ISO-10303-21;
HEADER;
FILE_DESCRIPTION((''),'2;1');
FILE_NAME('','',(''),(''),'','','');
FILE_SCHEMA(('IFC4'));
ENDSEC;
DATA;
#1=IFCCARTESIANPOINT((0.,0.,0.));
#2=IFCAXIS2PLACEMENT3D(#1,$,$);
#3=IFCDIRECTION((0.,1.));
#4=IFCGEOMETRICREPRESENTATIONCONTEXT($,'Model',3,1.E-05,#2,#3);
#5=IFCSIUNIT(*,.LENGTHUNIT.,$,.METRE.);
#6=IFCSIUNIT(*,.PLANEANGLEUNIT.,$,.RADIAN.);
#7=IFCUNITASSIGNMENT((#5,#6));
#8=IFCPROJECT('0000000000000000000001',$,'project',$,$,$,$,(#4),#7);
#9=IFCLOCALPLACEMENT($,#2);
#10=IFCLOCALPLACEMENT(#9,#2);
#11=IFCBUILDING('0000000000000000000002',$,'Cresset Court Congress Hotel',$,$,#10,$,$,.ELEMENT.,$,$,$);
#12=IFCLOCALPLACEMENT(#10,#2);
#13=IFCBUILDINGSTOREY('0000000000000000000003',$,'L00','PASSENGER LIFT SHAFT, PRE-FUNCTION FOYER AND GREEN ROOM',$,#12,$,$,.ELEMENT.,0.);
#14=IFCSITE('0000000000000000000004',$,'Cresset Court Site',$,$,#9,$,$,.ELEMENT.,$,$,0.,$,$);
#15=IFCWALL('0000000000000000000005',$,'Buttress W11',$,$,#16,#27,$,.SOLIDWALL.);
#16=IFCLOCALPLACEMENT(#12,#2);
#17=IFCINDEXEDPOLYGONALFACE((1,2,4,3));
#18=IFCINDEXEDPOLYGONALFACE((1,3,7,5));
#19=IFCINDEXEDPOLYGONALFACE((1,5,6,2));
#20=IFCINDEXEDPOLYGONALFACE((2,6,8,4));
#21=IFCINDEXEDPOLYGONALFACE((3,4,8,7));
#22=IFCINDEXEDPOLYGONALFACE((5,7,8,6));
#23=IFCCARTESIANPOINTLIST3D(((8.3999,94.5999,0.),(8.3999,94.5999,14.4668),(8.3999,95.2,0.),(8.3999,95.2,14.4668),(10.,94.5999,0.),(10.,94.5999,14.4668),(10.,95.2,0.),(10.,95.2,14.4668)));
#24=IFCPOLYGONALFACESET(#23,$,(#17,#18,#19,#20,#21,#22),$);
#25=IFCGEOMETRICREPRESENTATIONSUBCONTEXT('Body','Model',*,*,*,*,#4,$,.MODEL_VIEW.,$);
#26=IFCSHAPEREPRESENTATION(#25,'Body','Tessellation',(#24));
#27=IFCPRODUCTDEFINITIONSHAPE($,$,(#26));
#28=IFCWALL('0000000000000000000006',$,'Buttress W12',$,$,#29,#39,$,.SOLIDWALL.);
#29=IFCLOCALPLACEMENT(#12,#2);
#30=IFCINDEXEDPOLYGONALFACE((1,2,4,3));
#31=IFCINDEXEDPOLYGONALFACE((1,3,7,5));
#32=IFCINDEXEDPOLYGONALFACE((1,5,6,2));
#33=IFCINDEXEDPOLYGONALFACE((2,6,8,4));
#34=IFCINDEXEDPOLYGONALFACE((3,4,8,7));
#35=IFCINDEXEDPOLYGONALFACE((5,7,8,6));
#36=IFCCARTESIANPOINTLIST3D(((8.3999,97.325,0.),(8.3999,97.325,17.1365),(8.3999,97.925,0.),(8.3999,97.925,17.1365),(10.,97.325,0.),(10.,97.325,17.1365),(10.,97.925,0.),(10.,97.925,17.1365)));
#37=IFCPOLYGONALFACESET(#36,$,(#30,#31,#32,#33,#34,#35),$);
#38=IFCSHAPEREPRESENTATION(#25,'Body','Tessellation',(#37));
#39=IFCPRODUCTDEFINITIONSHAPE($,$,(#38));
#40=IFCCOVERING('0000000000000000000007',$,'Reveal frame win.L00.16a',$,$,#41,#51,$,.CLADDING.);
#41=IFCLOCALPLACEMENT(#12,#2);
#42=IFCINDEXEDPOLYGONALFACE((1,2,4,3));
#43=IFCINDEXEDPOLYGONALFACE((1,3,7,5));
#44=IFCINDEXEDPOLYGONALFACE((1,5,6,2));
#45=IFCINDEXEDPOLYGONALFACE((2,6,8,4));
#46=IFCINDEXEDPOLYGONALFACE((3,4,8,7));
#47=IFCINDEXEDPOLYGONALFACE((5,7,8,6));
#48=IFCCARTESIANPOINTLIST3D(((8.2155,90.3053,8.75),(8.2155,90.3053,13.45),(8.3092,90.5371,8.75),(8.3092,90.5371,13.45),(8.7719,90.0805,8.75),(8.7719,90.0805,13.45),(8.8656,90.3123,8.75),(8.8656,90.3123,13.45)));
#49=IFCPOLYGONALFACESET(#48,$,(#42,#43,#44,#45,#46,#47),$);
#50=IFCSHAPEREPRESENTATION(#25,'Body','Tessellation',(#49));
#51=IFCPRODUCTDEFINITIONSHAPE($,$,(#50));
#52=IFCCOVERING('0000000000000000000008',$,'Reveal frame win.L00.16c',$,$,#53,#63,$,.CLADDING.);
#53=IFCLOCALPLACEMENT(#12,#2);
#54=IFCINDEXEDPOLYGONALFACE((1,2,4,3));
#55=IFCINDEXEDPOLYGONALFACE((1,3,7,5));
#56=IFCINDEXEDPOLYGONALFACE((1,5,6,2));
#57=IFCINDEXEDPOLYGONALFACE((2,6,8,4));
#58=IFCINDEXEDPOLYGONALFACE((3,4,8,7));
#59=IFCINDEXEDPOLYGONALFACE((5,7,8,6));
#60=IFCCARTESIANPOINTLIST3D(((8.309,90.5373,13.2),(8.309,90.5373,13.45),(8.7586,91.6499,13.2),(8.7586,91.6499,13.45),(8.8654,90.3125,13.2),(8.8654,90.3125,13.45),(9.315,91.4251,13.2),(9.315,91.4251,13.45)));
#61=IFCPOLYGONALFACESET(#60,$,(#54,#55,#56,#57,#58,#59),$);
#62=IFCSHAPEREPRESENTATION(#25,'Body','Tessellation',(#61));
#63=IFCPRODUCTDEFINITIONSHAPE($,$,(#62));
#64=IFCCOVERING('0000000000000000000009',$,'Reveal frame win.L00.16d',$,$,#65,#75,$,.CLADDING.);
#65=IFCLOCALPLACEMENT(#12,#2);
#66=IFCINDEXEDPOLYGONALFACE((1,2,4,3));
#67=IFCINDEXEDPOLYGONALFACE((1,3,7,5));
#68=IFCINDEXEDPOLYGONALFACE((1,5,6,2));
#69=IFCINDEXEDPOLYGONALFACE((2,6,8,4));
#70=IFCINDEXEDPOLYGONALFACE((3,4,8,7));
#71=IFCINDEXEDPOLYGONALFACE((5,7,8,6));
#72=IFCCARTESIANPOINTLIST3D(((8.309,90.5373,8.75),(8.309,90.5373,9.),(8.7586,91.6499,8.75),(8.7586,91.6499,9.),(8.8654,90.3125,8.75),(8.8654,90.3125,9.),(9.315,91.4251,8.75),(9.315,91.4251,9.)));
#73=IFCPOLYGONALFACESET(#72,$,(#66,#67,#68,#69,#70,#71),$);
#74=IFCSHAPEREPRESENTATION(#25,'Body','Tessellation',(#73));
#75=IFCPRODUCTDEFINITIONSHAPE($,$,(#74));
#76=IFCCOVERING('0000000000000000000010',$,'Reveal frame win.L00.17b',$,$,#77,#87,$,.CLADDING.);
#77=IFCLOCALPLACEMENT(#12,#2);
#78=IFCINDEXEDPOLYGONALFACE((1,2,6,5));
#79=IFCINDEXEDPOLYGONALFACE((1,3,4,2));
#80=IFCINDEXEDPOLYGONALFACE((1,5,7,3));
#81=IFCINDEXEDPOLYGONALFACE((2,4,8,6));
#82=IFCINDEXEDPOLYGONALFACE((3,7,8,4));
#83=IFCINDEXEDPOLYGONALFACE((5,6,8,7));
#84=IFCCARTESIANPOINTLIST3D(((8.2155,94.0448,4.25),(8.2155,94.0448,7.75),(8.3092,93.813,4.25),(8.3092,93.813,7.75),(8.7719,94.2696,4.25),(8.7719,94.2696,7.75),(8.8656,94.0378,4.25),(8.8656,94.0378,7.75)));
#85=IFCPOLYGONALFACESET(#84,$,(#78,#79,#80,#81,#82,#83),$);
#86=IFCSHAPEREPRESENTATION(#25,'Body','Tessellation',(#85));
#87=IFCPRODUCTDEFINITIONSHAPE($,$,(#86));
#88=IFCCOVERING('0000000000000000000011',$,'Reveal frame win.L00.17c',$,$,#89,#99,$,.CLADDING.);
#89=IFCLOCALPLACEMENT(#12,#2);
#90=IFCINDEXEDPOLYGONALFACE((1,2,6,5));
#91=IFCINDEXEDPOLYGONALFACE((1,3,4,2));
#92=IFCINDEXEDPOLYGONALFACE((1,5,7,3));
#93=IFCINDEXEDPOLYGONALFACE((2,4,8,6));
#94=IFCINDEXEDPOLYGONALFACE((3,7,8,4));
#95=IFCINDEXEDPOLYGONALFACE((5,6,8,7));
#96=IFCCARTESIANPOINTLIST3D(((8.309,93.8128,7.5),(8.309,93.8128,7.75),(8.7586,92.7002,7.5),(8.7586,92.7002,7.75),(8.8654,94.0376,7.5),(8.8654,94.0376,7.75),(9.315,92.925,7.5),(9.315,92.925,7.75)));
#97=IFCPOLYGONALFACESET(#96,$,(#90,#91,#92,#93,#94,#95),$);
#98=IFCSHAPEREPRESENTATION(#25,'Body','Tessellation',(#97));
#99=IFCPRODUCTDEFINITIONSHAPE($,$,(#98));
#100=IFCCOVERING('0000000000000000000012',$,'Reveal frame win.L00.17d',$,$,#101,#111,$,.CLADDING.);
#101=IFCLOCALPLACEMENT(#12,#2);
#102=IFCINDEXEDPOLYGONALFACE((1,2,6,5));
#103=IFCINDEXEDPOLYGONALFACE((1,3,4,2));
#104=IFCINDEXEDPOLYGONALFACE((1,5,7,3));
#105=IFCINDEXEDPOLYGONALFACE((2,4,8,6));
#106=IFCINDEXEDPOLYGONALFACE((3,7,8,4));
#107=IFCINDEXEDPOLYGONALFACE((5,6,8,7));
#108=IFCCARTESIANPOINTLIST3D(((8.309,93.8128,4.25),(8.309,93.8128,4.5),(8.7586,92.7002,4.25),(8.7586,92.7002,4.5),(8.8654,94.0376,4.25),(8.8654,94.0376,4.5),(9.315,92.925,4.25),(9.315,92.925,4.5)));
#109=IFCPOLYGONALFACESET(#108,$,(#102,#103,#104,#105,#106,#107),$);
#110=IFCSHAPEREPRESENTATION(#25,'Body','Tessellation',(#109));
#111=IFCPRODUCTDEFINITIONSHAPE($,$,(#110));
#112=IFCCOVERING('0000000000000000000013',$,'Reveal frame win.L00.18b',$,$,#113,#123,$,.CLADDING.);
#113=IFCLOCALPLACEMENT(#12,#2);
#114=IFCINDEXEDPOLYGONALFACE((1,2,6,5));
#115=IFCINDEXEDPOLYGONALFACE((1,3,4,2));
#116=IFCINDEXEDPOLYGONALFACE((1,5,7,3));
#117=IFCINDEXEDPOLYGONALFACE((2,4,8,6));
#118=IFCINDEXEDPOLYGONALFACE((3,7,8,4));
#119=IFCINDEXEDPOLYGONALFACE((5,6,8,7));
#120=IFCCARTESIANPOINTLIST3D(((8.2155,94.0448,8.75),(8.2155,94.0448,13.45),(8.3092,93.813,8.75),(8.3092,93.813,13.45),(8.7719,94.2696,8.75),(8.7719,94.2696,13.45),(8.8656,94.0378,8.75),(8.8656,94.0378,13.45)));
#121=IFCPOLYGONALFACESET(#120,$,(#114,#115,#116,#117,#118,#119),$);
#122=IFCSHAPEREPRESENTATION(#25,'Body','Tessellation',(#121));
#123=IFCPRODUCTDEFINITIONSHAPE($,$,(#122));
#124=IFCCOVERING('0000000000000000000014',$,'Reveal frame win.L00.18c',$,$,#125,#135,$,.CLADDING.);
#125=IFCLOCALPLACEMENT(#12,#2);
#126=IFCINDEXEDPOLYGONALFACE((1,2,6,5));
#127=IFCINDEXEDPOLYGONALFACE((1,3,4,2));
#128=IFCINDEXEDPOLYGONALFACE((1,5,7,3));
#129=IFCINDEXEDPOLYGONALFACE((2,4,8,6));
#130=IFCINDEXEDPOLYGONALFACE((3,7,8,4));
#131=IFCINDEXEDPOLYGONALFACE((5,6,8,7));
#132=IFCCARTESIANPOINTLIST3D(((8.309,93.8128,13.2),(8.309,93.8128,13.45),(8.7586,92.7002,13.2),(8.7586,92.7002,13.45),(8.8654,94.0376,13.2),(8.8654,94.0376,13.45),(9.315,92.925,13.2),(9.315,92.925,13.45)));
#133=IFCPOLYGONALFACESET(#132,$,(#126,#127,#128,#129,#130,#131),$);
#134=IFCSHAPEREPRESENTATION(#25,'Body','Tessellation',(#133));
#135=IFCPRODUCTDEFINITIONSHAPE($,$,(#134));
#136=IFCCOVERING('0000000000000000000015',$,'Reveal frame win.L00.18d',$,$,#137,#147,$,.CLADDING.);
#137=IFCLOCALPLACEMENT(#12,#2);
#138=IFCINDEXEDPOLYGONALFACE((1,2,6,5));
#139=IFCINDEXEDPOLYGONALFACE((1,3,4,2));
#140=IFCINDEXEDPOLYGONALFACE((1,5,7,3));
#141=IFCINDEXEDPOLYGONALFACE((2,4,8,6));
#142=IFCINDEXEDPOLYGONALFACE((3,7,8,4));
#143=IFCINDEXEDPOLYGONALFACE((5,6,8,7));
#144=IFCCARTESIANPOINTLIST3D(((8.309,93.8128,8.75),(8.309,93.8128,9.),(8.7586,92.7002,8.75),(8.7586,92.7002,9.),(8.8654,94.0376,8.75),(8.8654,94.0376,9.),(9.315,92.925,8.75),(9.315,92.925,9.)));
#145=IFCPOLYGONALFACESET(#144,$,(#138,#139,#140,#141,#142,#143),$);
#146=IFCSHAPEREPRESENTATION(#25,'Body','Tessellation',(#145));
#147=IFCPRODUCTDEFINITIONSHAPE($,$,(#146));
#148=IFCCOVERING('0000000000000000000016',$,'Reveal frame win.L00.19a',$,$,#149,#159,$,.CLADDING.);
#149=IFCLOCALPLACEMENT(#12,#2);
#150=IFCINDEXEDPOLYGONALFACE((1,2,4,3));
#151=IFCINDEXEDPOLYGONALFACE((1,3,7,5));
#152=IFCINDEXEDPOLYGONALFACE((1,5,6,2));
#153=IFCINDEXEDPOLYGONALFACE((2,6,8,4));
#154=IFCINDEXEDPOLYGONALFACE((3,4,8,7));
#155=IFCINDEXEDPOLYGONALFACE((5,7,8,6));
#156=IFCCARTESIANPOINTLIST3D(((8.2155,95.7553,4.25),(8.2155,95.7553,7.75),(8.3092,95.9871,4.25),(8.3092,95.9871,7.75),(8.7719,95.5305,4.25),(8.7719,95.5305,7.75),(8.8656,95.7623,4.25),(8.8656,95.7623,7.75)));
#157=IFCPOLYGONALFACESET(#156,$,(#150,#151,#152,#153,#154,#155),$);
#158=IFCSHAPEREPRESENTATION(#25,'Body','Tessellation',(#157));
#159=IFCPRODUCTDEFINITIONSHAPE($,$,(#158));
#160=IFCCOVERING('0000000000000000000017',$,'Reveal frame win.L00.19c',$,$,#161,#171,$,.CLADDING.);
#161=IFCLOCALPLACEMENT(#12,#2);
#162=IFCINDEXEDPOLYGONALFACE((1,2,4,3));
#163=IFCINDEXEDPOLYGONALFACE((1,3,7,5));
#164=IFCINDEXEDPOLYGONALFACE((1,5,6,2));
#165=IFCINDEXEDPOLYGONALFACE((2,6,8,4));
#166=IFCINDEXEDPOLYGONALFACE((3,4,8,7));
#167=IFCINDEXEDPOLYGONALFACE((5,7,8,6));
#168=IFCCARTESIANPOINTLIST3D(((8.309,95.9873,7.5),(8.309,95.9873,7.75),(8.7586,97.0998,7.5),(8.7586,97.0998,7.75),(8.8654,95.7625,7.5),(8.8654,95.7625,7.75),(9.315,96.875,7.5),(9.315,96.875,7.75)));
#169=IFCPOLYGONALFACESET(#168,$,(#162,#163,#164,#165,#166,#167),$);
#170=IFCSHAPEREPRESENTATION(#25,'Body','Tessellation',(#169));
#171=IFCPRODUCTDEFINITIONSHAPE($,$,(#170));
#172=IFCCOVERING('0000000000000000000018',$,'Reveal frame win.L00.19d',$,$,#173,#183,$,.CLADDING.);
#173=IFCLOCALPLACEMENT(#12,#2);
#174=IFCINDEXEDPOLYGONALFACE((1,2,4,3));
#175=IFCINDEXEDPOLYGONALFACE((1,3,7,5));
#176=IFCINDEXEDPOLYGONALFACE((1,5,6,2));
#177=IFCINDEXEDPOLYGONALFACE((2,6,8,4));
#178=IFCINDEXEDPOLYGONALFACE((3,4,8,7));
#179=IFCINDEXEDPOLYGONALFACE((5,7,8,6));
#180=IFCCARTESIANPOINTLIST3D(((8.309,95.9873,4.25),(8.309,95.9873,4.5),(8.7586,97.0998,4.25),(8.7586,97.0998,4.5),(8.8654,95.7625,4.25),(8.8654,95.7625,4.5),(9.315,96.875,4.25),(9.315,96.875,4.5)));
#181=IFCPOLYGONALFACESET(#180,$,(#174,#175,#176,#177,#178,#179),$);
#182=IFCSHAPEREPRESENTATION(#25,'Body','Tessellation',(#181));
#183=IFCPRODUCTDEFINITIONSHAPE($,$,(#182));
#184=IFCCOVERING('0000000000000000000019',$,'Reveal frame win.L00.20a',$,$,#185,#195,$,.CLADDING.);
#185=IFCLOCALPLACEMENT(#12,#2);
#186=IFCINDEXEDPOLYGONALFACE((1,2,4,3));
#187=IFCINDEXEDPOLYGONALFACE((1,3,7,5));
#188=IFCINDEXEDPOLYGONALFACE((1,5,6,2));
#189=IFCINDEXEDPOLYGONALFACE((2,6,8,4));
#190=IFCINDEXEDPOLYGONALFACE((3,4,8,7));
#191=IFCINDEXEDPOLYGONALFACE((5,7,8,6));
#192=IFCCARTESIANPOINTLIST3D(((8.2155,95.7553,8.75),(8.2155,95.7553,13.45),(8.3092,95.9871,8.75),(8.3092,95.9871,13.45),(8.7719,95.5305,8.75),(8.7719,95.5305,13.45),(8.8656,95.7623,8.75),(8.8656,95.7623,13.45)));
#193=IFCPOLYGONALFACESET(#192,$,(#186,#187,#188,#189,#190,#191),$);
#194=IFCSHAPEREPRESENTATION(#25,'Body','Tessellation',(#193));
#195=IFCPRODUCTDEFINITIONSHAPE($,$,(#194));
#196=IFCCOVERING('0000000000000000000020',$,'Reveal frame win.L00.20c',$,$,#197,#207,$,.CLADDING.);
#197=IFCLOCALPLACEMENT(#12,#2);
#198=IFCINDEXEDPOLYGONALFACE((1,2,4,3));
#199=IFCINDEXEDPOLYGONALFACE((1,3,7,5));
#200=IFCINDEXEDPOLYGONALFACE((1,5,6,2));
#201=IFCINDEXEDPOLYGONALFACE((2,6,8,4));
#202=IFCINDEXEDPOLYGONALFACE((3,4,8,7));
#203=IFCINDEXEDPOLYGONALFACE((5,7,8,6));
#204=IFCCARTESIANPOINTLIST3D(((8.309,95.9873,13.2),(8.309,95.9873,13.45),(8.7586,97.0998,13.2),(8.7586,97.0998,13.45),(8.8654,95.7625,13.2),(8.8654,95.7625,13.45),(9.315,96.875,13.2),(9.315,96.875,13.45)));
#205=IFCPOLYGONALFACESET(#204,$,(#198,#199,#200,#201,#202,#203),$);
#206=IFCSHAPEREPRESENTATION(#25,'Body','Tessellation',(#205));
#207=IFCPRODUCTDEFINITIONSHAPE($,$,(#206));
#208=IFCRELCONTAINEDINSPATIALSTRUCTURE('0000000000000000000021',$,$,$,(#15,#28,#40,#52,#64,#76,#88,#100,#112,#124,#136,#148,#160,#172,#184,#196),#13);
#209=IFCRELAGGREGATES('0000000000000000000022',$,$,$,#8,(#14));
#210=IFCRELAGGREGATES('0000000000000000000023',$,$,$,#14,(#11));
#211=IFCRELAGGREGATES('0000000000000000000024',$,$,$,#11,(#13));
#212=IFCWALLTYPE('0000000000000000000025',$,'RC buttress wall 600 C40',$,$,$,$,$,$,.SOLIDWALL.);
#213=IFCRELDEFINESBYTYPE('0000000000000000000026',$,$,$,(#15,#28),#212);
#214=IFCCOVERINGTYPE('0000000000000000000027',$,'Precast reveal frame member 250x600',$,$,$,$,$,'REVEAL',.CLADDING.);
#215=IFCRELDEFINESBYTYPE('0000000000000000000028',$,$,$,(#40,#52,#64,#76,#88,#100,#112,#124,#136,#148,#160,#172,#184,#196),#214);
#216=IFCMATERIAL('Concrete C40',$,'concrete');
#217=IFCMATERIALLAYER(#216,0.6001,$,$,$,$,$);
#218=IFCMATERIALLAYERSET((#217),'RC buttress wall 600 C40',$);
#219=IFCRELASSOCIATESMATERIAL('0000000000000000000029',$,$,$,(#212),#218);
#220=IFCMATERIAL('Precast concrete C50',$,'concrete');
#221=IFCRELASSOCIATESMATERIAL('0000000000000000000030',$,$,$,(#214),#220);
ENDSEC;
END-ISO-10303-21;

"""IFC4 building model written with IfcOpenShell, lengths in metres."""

from ifc_helpers import new_model, si_unit, direction, frame, frame_2d, origin, origin_2d, place, context, subcontext, project, spatial, rectangle, extrude, material, layer, layer_set, type_object, element, save


model = new_model("IFC4")

# Units and contexts
model_context = context("Model", 3, precision=1e-05, world=origin(), true_north=direction((0.0, 1.0)))
body_context = subcontext(model_context, "Body", "Model", "MODEL_VIEW")
ifc_project = project(units=[si_unit("LENGTHUNIT", "METRE"), si_unit("PLANEANGLEUNIT", "RADIAN")], contexts=[model_context])

# Site, building, storey
site_placement = place(None, origin())
site = spatial("IfcSite", under=ifc_project, at=site_placement, Name="Cresset Court Site", CompositionType="ELEMENT", RefElevation=0.0)
building_placement = place(site_placement, origin())
building = spatial("IfcBuilding", under=site, at=building_placement, Name="Cresset Court Congress Hotel", CompositionType="ELEMENT")
storey_placement = place(building_placement, origin())
storey = spatial("IfcBuildingStorey", under=building, at=storey_placement, Name="L00", Description="PASSENGER LIFT SHAFT, PRE-FUNCTION FOYER AND GREEN ROOM", CompositionType="ELEMENT", Elevation=0.0)

# Walls
ifc_material_1 = material(Name="Concrete C40", Category="concrete")
ifc_layer_1 = layer(ifc_material_1, 0.6001)
ifc_layer_set_1 = layer_set([ifc_layer_1], Name="RC buttress wall 600 C40")
wall_type_1 = type_object("IfcWallType", Name="RC buttress wall 600 C40", PredefinedType="SOLIDWALL", material=ifc_layer_set_1)
wall_1_placement = place(storey_placement, frame((8.3999, 94.8999, 0.0), z_axis=(0.0, 0.0, 1.0), x_axis=(1.0, 0.0, 0.0)))
element("IfcWall", 1, at=wall_1_placement, inside=storey, type_object=wall_type_1, Name="Buttress W11", PredefinedType="SOLIDWALL", context=body_context, shape_type="SweptSolid", body=[
    extrude(rectangle(XDim=1.6001, YDim=0.6001, at=frame_2d((0.8, 0.0))), origin(), (0.0, 0.0, 1.0), 14.4668),
])
wall_2_placement = place(storey_placement, frame((8.3999, 97.625, 0.0), z_axis=(0.0, 0.0, 1.0), x_axis=(1.0, 0.0, 0.0)))
element("IfcWall", 2, at=wall_2_placement, inside=storey, type_object=wall_type_1, Name="Buttress W12", PredefinedType="SOLIDWALL", context=body_context, shape_type="SweptSolid", body=[
    extrude(rectangle(XDim=1.6001, YDim=0.6001, at=frame_2d((0.8, 0.0))), origin(), (0.0, 0.0, 1.0), 17.1365),
])

# Coverings
ifc_material_2 = material(Name="Precast concrete C50", Category="concrete")
covering_type = type_object("IfcCoveringType", Name="Precast reveal frame member 250x600", ElementType="REVEAL", PredefinedType="CLADDING", material=ifc_material_2)
covering_1_placement = place(storey_placement, frame((8.5405, 90.3088, 8.75), z_axis=(0.0, 0.0, 1.0), x_axis=(0.374623, 0.927177, 0.0)))
element("IfcCovering", 3, at=covering_1_placement, inside=storey, type_object=covering_type, Name="Reveal frame win.L00.16a", PredefinedType="CLADDING", context=body_context, shape_type="SweptSolid", body=[
    extrude(rectangle(XDim=0.25, YDim=0.6001, at=origin_2d()), origin(), (0.0, 0.0, 1.0), 4.7),
])
for number, where, z_axis, x_axis, name in (
    (4, (8.812, 90.9812, 13.2), (0.0, 0.0, 1.0), (0.374623, 0.927177, 0.0), "Reveal frame win.L00.16c"),
    (5, (8.812, 90.9812, 8.75), (0.0, 0.0, 1.0), (0.374623, 0.927177, 0.0), "Reveal frame win.L00.16d"),
):
    element("IfcCovering", number, at=place(storey_placement, frame(where, z_axis=z_axis, x_axis=x_axis)), inside=storey, type_object=covering_type, Name=name, PredefinedType="CLADDING", context=body_context, shape_type="SweptSolid", body=[
        extrude(rectangle(XDim=1.2, YDim=0.6001, at=origin_2d()), origin(), (0.0, 0.0, 1.0), 0.25),
    ])
covering_2_placement = place(storey_placement, frame((8.5405, 94.0413, 4.25), z_axis=(0.0, 0.0, 1.0), x_axis=(-0.374623, 0.927177, 0.0)))
element("IfcCovering", 6, at=covering_2_placement, inside=storey, type_object=covering_type, Name="Reveal frame win.L00.17b", PredefinedType="CLADDING", context=body_context, shape_type="SweptSolid", body=[
    extrude(rectangle(XDim=0.25, YDim=0.6001, at=origin_2d()), origin(), (0.0, 0.0, 1.0), 3.5),
])
for number, where, z_axis, x_axis, name in (
    (7, (8.812, 93.3689, 7.5), (0.0, 0.0, 1.0), (-0.374623, 0.927177, 0.0), "Reveal frame win.L00.17c"),
    (8, (8.812, 93.3689, 4.25), (0.0, 0.0, 1.0), (-0.374623, 0.927177, 0.0), "Reveal frame win.L00.17d"),
):
    element("IfcCovering", number, at=place(storey_placement, frame(where, z_axis=z_axis, x_axis=x_axis)), inside=storey, type_object=covering_type, Name=name, PredefinedType="CLADDING", context=body_context, shape_type="SweptSolid", body=[
        extrude(rectangle(XDim=1.2, YDim=0.6001, at=origin_2d()), origin(), (0.0, 0.0, 1.0), 0.25),
    ])
covering_3_placement = place(storey_placement, frame((8.5405, 94.0413, 8.75), z_axis=(0.0, 0.0, 1.0), x_axis=(-0.374623, 0.927177, 0.0)))
element("IfcCovering", 9, at=covering_3_placement, inside=storey, type_object=covering_type, Name="Reveal frame win.L00.18b", PredefinedType="CLADDING", context=body_context, shape_type="SweptSolid", body=[
    extrude(rectangle(XDim=0.25, YDim=0.6001, at=origin_2d()), origin(), (0.0, 0.0, 1.0), 4.7),
])
for number, where, z_axis, x_axis, name in (
    (10, (8.812, 93.3689, 13.2), (0.0, 0.0, 1.0), (-0.374623, 0.927177, 0.0), "Reveal frame win.L00.18c"),
    (11, (8.812, 93.3689, 8.75), (0.0, 0.0, 1.0), (-0.374623, 0.927177, 0.0), "Reveal frame win.L00.18d"),
):
    element("IfcCovering", number, at=place(storey_placement, frame(where, z_axis=z_axis, x_axis=x_axis)), inside=storey, type_object=covering_type, Name=name, PredefinedType="CLADDING", context=body_context, shape_type="SweptSolid", body=[
        extrude(rectangle(XDim=1.2, YDim=0.6001, at=origin_2d()), origin(), (0.0, 0.0, 1.0), 0.25),
    ])
covering_4_placement = place(storey_placement, frame((8.5405, 95.7588, 4.25), z_axis=(0.0, 0.0, 1.0), x_axis=(0.374623, 0.927177, 0.0)))
element("IfcCovering", 12, at=covering_4_placement, inside=storey, type_object=covering_type, Name="Reveal frame win.L00.19a", PredefinedType="CLADDING", context=body_context, shape_type="SweptSolid", body=[
    extrude(rectangle(XDim=0.25, YDim=0.6001, at=origin_2d()), origin(), (0.0, 0.0, 1.0), 3.5),
])
for number, where, z_axis, x_axis, name in (
    (13, (8.812, 96.4312, 7.5), (0.0, 0.0, 1.0), (0.374623, 0.927177, 0.0), "Reveal frame win.L00.19c"),
    (14, (8.812, 96.4312, 4.25), (0.0, 0.0, 1.0), (0.374623, 0.927177, 0.0), "Reveal frame win.L00.19d"),
):
    element("IfcCovering", number, at=place(storey_placement, frame(where, z_axis=z_axis, x_axis=x_axis)), inside=storey, type_object=covering_type, Name=name, PredefinedType="CLADDING", context=body_context, shape_type="SweptSolid", body=[
        extrude(rectangle(XDim=1.2, YDim=0.6001, at=origin_2d()), origin(), (0.0, 0.0, 1.0), 0.25),
    ])
covering_5_placement = place(storey_placement, frame((8.5405, 95.7588, 8.75), z_axis=(0.0, 0.0, 1.0), x_axis=(0.374623, 0.927177, 0.0)))
element("IfcCovering", 15, at=covering_5_placement, inside=storey, type_object=covering_type, Name="Reveal frame win.L00.20a", PredefinedType="CLADDING", context=body_context, shape_type="SweptSolid", body=[
    extrude(rectangle(XDim=0.25, YDim=0.6001, at=origin_2d()), origin(), (0.0, 0.0, 1.0), 4.7),
])
for number, where, z_axis, x_axis, name in (
    (16, (8.812, 96.4312, 13.2), (0.0, 0.0, 1.0), (0.374623, 0.927177, 0.0), "Reveal frame win.L00.20c"),
):
    element("IfcCovering", number, at=place(storey_placement, frame(where, z_axis=z_axis, x_axis=x_axis)), inside=storey, type_object=covering_type, Name=name, PredefinedType="CLADDING", context=body_context, shape_type="SweptSolid", body=[
        extrude(rectangle(XDim=1.2, YDim=0.6001, at=origin_2d()), origin(), (0.0, 0.0, 1.0), 0.25),
    ])

save(model, "model.ifc")
